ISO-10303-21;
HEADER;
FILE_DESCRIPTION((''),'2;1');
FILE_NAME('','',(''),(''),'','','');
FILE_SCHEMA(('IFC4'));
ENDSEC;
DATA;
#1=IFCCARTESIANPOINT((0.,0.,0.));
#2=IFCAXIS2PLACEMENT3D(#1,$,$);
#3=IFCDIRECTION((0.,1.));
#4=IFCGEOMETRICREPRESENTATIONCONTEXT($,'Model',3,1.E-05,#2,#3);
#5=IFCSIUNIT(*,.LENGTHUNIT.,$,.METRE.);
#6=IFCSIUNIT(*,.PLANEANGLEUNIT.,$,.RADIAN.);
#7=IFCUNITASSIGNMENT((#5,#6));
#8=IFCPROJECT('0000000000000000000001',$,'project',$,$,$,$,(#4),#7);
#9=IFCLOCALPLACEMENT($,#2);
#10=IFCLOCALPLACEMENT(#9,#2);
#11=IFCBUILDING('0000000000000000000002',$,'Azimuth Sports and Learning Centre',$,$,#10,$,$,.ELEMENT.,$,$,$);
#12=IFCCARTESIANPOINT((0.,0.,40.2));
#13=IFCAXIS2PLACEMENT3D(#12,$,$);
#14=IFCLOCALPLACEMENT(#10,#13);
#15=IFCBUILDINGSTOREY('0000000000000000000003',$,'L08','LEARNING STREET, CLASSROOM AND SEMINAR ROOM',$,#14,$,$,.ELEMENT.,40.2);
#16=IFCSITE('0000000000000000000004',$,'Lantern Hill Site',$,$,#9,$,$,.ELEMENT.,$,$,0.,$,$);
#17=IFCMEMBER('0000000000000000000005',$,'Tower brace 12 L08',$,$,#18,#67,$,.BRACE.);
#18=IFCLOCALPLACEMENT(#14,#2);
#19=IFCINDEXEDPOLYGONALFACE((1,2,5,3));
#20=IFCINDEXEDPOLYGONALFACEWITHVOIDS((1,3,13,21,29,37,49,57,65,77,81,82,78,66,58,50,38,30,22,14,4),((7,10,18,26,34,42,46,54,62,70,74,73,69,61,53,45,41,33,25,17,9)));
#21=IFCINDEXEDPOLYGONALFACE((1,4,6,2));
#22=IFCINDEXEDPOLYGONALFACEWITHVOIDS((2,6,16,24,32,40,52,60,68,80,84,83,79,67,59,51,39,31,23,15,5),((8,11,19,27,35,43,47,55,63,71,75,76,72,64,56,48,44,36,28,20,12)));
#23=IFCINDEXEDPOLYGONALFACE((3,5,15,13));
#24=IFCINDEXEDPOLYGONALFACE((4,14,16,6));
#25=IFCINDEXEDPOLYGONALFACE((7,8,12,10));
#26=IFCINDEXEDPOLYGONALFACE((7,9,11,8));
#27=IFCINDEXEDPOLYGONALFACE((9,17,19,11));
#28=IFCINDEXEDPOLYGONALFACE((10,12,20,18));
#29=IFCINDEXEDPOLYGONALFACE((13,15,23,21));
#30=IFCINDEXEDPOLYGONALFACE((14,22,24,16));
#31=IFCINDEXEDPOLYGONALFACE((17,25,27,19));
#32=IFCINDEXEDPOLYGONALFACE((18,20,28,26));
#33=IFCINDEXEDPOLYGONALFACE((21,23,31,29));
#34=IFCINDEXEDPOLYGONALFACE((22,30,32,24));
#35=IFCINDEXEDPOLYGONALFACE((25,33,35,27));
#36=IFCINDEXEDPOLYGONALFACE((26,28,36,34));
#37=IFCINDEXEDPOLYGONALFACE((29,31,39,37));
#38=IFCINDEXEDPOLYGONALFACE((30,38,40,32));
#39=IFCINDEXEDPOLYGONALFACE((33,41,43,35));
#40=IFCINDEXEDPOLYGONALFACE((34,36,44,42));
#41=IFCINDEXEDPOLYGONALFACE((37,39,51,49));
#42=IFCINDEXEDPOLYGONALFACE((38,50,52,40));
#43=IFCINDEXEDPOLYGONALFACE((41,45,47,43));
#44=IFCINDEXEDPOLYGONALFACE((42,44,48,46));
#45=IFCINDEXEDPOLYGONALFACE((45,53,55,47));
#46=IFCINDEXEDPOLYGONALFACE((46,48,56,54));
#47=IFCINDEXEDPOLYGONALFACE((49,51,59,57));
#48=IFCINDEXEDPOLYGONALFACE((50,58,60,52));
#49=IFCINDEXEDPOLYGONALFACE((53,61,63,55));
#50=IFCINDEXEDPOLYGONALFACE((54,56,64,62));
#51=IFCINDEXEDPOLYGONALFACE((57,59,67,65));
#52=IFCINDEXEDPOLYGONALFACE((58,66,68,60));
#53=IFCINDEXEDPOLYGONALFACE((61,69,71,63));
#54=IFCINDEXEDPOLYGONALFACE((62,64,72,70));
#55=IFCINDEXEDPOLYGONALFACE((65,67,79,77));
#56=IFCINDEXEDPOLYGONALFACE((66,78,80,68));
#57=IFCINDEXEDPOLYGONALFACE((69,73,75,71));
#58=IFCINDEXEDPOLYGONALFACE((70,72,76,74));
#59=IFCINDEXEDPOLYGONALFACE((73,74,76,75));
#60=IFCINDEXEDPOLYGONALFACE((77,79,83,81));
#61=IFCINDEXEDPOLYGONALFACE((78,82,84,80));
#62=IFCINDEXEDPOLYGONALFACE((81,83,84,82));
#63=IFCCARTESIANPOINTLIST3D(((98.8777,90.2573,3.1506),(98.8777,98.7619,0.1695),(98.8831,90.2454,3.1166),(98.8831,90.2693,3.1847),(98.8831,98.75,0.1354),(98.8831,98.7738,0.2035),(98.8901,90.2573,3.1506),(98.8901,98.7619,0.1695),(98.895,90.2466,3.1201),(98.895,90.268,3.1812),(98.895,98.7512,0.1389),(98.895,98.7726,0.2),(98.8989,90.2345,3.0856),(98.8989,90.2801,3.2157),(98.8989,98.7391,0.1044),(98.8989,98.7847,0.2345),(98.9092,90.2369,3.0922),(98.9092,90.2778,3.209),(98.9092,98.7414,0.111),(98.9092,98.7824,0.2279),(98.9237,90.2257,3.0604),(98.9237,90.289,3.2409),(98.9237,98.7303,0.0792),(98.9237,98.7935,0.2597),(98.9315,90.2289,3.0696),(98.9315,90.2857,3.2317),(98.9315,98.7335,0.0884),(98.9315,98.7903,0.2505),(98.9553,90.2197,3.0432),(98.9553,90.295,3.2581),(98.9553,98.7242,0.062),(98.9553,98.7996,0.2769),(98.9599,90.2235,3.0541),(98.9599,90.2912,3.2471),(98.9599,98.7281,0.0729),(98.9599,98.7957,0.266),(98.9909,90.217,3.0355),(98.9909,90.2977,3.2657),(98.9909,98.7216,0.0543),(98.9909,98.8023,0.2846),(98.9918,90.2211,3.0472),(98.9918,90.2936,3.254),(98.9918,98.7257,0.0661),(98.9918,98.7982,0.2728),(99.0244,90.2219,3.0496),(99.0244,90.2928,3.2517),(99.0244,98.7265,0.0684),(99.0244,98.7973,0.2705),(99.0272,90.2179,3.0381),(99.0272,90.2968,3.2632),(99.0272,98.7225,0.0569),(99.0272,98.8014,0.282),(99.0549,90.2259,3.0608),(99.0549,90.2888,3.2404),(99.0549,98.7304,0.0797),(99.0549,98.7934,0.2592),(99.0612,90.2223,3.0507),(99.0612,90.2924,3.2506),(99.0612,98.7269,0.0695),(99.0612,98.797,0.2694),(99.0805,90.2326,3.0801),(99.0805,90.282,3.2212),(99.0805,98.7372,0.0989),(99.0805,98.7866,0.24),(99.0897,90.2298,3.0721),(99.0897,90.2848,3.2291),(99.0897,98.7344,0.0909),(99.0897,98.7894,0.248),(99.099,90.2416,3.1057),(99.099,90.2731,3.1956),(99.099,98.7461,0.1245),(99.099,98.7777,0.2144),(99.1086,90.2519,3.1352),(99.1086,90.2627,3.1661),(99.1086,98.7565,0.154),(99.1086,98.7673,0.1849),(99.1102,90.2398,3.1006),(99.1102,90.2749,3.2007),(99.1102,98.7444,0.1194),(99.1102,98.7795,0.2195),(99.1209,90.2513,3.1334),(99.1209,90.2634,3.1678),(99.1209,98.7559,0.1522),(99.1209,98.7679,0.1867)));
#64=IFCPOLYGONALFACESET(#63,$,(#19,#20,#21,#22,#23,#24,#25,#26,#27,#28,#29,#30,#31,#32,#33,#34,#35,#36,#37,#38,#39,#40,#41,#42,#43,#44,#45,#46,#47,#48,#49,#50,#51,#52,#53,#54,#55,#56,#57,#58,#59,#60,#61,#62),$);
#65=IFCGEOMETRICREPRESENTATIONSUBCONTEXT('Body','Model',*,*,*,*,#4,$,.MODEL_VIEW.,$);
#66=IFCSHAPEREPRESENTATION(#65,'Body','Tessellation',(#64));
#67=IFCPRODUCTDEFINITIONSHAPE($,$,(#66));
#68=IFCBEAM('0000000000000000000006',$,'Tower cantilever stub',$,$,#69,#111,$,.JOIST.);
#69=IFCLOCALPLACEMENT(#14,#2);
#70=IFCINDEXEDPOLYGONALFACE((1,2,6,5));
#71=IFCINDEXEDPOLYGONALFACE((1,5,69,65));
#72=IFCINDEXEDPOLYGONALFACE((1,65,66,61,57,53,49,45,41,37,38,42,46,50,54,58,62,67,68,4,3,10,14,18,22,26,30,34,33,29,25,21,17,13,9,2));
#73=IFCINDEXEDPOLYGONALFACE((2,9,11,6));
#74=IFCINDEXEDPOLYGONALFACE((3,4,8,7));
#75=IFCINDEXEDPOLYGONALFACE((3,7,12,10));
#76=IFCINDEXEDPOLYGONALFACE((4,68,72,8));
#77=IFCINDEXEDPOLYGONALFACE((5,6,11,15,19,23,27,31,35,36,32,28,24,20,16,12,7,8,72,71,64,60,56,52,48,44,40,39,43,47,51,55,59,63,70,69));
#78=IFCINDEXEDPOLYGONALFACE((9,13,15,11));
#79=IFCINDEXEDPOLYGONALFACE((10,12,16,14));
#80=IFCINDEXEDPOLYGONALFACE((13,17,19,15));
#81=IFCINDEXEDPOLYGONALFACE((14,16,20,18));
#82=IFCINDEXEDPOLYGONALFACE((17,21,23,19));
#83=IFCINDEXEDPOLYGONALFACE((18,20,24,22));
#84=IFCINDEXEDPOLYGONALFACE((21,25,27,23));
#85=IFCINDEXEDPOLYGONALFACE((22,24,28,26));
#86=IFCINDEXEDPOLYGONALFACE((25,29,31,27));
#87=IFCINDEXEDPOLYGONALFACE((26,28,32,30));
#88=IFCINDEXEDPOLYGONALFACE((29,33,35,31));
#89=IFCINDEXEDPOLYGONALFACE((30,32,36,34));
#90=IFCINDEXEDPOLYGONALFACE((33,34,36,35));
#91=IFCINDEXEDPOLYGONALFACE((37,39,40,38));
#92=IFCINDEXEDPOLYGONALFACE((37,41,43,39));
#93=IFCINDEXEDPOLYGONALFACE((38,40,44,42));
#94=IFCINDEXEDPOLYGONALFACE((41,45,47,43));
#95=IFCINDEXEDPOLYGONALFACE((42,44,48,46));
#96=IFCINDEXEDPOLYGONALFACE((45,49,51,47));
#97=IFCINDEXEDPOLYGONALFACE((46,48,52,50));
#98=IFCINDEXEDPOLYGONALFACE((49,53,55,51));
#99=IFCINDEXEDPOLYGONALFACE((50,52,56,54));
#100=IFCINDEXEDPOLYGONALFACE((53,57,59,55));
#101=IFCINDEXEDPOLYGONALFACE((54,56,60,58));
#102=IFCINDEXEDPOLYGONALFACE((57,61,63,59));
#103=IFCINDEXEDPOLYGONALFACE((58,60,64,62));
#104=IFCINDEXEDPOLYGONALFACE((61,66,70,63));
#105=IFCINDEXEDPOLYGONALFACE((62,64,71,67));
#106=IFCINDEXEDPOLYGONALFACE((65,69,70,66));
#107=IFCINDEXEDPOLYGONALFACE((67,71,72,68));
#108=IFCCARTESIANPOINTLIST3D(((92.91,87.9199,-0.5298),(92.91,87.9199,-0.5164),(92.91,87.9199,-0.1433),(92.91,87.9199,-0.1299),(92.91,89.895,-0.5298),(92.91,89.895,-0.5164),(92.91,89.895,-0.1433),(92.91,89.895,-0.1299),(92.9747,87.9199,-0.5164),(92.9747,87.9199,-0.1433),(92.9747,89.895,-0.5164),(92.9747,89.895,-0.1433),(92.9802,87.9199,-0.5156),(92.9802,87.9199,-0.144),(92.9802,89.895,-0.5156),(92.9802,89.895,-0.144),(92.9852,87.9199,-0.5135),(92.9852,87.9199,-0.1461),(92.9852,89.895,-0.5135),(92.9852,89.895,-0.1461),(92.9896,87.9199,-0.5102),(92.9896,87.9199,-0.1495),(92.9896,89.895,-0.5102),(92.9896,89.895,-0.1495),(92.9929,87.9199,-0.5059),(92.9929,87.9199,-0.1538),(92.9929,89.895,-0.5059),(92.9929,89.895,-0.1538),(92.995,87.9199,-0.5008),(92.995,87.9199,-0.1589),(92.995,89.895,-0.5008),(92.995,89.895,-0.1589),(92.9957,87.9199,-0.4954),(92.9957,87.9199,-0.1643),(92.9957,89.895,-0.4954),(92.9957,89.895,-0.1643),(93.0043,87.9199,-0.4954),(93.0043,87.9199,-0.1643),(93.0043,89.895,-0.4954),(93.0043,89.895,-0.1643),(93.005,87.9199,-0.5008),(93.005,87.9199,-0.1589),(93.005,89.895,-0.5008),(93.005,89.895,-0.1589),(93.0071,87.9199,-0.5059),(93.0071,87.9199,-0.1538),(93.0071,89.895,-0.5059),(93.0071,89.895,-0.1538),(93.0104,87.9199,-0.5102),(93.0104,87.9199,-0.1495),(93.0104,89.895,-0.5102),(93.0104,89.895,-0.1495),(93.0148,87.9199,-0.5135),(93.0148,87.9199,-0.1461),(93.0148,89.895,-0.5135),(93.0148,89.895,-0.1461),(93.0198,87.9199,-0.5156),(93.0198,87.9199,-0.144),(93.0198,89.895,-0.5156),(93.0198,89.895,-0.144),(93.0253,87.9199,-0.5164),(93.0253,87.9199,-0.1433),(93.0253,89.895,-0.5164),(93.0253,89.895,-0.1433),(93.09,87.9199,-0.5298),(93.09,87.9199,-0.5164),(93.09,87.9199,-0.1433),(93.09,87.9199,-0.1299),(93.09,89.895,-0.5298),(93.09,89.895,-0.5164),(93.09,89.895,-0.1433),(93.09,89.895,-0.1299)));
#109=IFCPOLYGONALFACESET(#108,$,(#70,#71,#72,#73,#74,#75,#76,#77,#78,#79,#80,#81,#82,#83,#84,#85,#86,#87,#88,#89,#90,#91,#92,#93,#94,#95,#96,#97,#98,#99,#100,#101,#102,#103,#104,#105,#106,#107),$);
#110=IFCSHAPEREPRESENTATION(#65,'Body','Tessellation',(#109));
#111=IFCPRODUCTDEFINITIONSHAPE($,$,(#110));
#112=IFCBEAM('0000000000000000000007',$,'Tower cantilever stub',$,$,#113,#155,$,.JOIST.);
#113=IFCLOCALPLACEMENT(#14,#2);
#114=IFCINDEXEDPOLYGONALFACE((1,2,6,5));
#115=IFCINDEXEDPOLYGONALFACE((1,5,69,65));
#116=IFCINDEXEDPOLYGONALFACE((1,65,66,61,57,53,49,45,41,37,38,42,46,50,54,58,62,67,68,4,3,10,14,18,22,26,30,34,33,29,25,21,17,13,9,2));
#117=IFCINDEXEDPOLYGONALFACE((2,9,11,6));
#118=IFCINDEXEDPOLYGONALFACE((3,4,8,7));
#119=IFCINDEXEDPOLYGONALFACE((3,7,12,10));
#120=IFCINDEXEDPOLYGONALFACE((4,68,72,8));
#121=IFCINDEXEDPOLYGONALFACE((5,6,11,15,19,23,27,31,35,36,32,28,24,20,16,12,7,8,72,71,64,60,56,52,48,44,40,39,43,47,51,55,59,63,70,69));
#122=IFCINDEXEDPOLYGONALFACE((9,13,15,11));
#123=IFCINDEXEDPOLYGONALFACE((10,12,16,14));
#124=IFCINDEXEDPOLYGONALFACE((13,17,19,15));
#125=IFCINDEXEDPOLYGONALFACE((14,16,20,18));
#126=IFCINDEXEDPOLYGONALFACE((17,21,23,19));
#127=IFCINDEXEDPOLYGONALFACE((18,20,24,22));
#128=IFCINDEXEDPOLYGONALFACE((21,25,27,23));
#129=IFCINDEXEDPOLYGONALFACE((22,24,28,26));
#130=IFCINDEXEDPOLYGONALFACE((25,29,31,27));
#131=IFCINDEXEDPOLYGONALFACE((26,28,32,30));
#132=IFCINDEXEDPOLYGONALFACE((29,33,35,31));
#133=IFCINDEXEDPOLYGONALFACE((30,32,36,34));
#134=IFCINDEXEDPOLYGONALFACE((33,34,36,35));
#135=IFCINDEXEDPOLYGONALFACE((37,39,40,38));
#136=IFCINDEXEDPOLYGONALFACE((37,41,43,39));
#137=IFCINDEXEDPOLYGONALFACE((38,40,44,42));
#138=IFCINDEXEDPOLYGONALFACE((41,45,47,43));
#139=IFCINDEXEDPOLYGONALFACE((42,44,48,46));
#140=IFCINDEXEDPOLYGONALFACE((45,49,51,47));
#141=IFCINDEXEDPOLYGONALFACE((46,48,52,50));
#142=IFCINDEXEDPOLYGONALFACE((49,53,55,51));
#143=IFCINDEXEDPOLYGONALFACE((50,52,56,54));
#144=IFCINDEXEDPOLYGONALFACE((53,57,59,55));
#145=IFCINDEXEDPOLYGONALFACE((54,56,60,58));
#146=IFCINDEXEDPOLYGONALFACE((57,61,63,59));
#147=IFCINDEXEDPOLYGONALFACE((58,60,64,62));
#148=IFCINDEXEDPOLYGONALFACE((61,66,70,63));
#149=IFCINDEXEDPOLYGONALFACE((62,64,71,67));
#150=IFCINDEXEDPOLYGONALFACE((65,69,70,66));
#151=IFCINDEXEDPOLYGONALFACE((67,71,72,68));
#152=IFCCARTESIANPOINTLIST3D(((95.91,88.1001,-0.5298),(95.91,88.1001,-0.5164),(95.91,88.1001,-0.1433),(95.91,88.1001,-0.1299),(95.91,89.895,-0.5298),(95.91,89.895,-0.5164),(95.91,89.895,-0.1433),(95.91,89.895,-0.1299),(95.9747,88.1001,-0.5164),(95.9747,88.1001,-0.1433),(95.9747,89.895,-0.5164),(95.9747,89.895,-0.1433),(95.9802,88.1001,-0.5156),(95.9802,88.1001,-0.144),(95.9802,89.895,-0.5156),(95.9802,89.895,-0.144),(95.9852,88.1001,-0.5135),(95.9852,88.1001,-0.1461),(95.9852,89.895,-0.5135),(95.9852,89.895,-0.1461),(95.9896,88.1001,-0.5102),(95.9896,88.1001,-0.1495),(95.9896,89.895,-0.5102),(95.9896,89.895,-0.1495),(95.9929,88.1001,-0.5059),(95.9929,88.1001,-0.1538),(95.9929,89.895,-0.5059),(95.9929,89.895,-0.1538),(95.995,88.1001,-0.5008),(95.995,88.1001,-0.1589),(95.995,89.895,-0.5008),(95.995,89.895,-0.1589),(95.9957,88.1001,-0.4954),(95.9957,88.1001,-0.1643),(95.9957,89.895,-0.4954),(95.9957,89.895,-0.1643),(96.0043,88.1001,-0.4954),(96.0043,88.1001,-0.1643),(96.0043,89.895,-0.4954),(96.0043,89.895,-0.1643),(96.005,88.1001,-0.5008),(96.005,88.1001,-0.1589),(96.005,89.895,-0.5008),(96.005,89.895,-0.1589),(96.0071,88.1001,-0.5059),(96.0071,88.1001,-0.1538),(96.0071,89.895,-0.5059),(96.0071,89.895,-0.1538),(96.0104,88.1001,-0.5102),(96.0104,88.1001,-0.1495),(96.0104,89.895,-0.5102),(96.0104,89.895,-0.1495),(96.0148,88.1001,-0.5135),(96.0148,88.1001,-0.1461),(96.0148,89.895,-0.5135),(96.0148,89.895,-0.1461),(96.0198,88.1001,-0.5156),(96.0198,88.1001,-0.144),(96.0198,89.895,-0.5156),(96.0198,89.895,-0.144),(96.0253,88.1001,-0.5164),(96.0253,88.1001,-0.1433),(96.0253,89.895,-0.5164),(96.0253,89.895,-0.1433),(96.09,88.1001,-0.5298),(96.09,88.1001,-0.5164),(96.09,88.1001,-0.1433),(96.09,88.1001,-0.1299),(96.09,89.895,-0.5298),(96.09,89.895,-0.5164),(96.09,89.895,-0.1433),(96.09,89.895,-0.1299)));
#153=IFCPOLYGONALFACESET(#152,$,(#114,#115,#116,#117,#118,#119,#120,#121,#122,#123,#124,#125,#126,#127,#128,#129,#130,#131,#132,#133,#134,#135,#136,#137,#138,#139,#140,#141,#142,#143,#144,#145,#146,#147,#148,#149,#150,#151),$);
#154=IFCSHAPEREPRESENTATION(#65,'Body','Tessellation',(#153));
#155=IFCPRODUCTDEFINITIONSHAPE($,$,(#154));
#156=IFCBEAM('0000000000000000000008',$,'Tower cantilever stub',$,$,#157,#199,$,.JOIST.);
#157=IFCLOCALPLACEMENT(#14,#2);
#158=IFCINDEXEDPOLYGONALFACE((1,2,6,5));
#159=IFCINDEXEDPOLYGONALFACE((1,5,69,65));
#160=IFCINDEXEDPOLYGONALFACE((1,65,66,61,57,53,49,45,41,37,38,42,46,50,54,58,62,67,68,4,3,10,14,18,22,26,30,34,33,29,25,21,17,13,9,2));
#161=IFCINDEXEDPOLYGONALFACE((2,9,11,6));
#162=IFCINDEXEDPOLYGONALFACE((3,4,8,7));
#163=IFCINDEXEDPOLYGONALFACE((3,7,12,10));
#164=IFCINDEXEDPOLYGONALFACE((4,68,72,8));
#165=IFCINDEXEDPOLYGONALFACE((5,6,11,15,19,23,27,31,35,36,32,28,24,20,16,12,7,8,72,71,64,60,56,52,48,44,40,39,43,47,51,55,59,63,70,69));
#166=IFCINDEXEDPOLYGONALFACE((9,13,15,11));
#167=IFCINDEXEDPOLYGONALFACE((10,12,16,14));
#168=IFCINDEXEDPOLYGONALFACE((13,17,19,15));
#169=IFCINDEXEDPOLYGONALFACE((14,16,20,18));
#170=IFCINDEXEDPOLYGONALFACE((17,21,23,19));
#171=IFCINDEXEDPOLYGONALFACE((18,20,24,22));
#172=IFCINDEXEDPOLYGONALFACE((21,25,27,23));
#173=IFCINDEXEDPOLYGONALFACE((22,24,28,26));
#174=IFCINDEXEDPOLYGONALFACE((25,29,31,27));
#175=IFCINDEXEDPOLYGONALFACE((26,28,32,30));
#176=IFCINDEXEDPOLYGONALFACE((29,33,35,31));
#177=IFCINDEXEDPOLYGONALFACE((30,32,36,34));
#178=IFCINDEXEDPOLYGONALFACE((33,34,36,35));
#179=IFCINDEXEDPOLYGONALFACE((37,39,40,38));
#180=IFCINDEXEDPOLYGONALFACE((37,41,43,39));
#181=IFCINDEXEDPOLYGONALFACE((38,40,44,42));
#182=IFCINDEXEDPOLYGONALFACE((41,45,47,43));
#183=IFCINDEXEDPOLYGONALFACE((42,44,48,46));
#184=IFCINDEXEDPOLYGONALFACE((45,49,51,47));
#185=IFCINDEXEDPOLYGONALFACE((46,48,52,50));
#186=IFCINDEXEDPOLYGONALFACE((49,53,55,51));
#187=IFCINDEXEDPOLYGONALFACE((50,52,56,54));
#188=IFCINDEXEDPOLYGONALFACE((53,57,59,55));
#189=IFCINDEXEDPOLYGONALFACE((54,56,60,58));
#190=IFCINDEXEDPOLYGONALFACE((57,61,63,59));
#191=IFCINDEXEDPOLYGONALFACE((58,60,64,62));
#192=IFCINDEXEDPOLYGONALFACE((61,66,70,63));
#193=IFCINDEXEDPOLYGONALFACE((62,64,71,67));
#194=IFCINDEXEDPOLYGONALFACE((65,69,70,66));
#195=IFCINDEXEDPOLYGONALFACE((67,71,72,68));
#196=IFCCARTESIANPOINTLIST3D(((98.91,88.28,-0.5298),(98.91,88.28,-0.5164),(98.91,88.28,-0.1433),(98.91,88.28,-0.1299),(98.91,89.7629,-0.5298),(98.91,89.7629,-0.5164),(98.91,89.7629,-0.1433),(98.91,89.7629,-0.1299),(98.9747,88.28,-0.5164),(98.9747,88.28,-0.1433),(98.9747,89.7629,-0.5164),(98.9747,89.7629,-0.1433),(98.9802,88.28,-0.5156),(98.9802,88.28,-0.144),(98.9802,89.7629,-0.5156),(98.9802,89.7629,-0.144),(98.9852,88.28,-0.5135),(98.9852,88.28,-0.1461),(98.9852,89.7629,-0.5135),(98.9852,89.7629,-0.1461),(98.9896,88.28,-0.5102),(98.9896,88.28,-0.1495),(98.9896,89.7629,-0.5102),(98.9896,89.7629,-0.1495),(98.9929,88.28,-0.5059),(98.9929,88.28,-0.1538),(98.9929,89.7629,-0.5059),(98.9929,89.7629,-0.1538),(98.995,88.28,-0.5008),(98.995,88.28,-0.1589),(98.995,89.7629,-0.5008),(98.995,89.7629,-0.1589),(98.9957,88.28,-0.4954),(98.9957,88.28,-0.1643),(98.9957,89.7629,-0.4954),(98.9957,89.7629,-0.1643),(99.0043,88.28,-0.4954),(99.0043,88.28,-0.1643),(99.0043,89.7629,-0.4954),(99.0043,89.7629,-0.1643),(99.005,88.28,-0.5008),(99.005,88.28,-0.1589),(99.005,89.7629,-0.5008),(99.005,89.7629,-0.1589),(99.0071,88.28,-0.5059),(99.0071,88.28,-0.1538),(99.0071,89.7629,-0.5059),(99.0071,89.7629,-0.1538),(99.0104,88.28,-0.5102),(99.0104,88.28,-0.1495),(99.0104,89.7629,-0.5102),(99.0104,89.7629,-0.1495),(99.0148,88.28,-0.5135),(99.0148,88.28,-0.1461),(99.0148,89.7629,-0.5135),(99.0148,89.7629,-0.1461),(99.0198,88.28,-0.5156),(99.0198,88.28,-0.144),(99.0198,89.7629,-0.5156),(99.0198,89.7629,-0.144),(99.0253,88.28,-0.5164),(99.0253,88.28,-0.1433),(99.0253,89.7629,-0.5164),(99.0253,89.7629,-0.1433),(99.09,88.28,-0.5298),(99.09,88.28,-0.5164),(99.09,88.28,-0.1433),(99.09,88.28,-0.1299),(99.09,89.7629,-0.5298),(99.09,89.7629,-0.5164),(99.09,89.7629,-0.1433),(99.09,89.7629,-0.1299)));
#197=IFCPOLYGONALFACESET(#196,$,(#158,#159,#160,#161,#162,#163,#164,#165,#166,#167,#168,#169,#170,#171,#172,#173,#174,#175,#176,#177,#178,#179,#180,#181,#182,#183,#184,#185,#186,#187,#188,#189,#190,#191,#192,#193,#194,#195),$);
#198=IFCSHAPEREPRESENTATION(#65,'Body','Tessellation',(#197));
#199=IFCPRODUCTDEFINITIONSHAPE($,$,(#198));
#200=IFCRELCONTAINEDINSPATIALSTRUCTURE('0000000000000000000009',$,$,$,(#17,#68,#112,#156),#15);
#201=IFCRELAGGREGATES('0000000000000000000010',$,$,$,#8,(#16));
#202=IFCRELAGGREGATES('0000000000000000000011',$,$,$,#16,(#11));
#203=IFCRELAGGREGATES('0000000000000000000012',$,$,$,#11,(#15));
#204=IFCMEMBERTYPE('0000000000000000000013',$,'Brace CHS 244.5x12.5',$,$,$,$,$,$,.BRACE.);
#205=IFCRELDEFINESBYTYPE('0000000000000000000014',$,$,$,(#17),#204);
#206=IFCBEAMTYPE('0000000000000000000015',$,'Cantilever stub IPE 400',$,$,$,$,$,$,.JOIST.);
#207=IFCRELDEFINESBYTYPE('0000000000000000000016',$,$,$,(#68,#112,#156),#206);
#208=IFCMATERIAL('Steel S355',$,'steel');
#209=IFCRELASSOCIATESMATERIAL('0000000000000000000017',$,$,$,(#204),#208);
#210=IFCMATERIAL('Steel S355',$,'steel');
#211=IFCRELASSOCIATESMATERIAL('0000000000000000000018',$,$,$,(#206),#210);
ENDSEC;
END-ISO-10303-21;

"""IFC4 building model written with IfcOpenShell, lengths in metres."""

from ifc_helpers import new_model, si_unit, direction, frame, origin, origin_2d, place, context, subcontext, project, spatial, hollow_circle, i_section, extrude, material, material_profile, profile_set, type_object, element, save


model = new_model("IFC4")

# Units and contexts
model_context = context("Model", 3, precision=1e-05, world=origin(), true_north=direction((0.0, 1.0)))
body_context = subcontext(model_context, "Body", "Model", "MODEL_VIEW")
ifc_project = project(units=[si_unit("LENGTHUNIT", "METRE"), si_unit("PLANEANGLEUNIT", "RADIAN")], contexts=[model_context])

# Site, building, storey
site_placement = place(None, origin())
site = spatial("IfcSite", under=ifc_project, at=site_placement, Name="Lantern Hill Site", CompositionType="ELEMENT", RefElevation=0.0)
building_placement = place(site_placement, origin())
building = spatial("IfcBuilding", under=site, at=building_placement, Name="Azimuth Sports and Learning Centre", CompositionType="ELEMENT")
storey_placement = place(building_placement, frame((0.0, 0.0, 40.2)))
storey = spatial("IfcBuildingStorey", under=building, at=storey_placement, Name="L08", Description="LEARNING STREET, CLASSROOM AND SEMINAR ROOM", CompositionType="ELEMENT", Elevation=40.2)

# Member
ifc_material_1 = material(Name="Steel S355", Category="steel")
ifc_material_profile_1 = material_profile(ifc_material_1, hollow_circle(Radius=0.1223, WallThickness=0.0125, at=origin_2d()), Name="CHS 244.5x12.5")
ifc_profile_set_1 = profile_set([ifc_material_profile_1], Name="Steel S355")
member_type_1 = type_object("IfcMemberType", Name="Brace CHS 244.5x12.5", PredefinedType="BRACE", material=ifc_profile_set_1)
member_1_placement = place(storey_placement, frame((99.0, 90.2573, 3.1506), z_axis=(0.0, 0.9437, -0.330803), x_axis=(-1.0, 0.0, 0.0)))
element("IfcMember", 1, at=member_1_placement, inside=storey, type_object=member_type_1, Name="Tower brace 12 L08", PredefinedType="BRACE", context=body_context, shape_type="SweptSolid", body=[
    extrude(hollow_circle(Radius=0.1223, WallThickness=0.0125, at=origin_2d()), origin(), (0.0, 0.0, 1.0), 9.012),
])

# Beams
ifc_material_2 = material(Name="Steel S355", Category="steel")
ifc_material_profile_2 = material_profile(ifc_material_2, i_section(OverallWidth=0.1799, OverallDepth=0.3999, WebThickness=0.0085, FlangeThickness=0.0134, FilletRadius=0.021, at=origin_2d()), Name="IPE 400")
ifc_profile_set_2 = profile_set([ifc_material_profile_2], Name="Steel S355")
beam_type_1 = type_object("IfcBeamType", Name="Cantilever stub IPE 400", PredefinedType="JOIST", material=ifc_profile_set_2)
beam_1_placement = place(storey_placement, frame((93.0, 89.895, -0.3298), z_axis=(0.0, -1.0, 0.0), x_axis=(1.0, 0.0, 0.0)))
element("IfcBeam", 2, at=beam_1_placement, inside=storey, type_object=beam_type_1, Name="Tower cantilever stub", PredefinedType="JOIST", context=body_context, shape_type="SweptSolid", body=[
    extrude(i_section(OverallWidth=0.1799, OverallDepth=0.3999, WebThickness=0.0085, FlangeThickness=0.0134, FilletRadius=0.021, at=origin_2d()), origin(), (0.0, 0.0, 1.0), 1.9751),
])
beam_2_placement = place(storey_placement, frame((96.0, 89.895, -0.3298), z_axis=(0.0, -1.0, 0.0), x_axis=(1.0, 0.0, 0.0)))
element("IfcBeam", 3, at=beam_2_placement, inside=storey, type_object=beam_type_1, Name="Tower cantilever stub", PredefinedType="JOIST", context=body_context, shape_type="SweptSolid", body=[
    extrude(i_section(OverallWidth=0.1799, OverallDepth=0.3999, WebThickness=0.0085, FlangeThickness=0.0134, FilletRadius=0.021, at=origin_2d()), origin(), (0.0, 0.0, 1.0), 1.7949),
])
beam_3_placement = place(storey_placement, frame((99.0, 89.7629, -0.3298), z_axis=(0.0, -1.0, 0.0), x_axis=(1.0, 0.0, 0.0)))
element("IfcBeam", 4, at=beam_3_placement, inside=storey, type_object=beam_type_1, Name="Tower cantilever stub", PredefinedType="JOIST", context=body_context, shape_type="SweptSolid", body=[
    extrude(i_section(OverallWidth=0.1799, OverallDepth=0.3999, WebThickness=0.0085, FlangeThickness=0.0134, FilletRadius=0.021, at=origin_2d()), origin(), (0.0, 0.0, 1.0), 1.4829),
])

save(model, "model.ifc")
